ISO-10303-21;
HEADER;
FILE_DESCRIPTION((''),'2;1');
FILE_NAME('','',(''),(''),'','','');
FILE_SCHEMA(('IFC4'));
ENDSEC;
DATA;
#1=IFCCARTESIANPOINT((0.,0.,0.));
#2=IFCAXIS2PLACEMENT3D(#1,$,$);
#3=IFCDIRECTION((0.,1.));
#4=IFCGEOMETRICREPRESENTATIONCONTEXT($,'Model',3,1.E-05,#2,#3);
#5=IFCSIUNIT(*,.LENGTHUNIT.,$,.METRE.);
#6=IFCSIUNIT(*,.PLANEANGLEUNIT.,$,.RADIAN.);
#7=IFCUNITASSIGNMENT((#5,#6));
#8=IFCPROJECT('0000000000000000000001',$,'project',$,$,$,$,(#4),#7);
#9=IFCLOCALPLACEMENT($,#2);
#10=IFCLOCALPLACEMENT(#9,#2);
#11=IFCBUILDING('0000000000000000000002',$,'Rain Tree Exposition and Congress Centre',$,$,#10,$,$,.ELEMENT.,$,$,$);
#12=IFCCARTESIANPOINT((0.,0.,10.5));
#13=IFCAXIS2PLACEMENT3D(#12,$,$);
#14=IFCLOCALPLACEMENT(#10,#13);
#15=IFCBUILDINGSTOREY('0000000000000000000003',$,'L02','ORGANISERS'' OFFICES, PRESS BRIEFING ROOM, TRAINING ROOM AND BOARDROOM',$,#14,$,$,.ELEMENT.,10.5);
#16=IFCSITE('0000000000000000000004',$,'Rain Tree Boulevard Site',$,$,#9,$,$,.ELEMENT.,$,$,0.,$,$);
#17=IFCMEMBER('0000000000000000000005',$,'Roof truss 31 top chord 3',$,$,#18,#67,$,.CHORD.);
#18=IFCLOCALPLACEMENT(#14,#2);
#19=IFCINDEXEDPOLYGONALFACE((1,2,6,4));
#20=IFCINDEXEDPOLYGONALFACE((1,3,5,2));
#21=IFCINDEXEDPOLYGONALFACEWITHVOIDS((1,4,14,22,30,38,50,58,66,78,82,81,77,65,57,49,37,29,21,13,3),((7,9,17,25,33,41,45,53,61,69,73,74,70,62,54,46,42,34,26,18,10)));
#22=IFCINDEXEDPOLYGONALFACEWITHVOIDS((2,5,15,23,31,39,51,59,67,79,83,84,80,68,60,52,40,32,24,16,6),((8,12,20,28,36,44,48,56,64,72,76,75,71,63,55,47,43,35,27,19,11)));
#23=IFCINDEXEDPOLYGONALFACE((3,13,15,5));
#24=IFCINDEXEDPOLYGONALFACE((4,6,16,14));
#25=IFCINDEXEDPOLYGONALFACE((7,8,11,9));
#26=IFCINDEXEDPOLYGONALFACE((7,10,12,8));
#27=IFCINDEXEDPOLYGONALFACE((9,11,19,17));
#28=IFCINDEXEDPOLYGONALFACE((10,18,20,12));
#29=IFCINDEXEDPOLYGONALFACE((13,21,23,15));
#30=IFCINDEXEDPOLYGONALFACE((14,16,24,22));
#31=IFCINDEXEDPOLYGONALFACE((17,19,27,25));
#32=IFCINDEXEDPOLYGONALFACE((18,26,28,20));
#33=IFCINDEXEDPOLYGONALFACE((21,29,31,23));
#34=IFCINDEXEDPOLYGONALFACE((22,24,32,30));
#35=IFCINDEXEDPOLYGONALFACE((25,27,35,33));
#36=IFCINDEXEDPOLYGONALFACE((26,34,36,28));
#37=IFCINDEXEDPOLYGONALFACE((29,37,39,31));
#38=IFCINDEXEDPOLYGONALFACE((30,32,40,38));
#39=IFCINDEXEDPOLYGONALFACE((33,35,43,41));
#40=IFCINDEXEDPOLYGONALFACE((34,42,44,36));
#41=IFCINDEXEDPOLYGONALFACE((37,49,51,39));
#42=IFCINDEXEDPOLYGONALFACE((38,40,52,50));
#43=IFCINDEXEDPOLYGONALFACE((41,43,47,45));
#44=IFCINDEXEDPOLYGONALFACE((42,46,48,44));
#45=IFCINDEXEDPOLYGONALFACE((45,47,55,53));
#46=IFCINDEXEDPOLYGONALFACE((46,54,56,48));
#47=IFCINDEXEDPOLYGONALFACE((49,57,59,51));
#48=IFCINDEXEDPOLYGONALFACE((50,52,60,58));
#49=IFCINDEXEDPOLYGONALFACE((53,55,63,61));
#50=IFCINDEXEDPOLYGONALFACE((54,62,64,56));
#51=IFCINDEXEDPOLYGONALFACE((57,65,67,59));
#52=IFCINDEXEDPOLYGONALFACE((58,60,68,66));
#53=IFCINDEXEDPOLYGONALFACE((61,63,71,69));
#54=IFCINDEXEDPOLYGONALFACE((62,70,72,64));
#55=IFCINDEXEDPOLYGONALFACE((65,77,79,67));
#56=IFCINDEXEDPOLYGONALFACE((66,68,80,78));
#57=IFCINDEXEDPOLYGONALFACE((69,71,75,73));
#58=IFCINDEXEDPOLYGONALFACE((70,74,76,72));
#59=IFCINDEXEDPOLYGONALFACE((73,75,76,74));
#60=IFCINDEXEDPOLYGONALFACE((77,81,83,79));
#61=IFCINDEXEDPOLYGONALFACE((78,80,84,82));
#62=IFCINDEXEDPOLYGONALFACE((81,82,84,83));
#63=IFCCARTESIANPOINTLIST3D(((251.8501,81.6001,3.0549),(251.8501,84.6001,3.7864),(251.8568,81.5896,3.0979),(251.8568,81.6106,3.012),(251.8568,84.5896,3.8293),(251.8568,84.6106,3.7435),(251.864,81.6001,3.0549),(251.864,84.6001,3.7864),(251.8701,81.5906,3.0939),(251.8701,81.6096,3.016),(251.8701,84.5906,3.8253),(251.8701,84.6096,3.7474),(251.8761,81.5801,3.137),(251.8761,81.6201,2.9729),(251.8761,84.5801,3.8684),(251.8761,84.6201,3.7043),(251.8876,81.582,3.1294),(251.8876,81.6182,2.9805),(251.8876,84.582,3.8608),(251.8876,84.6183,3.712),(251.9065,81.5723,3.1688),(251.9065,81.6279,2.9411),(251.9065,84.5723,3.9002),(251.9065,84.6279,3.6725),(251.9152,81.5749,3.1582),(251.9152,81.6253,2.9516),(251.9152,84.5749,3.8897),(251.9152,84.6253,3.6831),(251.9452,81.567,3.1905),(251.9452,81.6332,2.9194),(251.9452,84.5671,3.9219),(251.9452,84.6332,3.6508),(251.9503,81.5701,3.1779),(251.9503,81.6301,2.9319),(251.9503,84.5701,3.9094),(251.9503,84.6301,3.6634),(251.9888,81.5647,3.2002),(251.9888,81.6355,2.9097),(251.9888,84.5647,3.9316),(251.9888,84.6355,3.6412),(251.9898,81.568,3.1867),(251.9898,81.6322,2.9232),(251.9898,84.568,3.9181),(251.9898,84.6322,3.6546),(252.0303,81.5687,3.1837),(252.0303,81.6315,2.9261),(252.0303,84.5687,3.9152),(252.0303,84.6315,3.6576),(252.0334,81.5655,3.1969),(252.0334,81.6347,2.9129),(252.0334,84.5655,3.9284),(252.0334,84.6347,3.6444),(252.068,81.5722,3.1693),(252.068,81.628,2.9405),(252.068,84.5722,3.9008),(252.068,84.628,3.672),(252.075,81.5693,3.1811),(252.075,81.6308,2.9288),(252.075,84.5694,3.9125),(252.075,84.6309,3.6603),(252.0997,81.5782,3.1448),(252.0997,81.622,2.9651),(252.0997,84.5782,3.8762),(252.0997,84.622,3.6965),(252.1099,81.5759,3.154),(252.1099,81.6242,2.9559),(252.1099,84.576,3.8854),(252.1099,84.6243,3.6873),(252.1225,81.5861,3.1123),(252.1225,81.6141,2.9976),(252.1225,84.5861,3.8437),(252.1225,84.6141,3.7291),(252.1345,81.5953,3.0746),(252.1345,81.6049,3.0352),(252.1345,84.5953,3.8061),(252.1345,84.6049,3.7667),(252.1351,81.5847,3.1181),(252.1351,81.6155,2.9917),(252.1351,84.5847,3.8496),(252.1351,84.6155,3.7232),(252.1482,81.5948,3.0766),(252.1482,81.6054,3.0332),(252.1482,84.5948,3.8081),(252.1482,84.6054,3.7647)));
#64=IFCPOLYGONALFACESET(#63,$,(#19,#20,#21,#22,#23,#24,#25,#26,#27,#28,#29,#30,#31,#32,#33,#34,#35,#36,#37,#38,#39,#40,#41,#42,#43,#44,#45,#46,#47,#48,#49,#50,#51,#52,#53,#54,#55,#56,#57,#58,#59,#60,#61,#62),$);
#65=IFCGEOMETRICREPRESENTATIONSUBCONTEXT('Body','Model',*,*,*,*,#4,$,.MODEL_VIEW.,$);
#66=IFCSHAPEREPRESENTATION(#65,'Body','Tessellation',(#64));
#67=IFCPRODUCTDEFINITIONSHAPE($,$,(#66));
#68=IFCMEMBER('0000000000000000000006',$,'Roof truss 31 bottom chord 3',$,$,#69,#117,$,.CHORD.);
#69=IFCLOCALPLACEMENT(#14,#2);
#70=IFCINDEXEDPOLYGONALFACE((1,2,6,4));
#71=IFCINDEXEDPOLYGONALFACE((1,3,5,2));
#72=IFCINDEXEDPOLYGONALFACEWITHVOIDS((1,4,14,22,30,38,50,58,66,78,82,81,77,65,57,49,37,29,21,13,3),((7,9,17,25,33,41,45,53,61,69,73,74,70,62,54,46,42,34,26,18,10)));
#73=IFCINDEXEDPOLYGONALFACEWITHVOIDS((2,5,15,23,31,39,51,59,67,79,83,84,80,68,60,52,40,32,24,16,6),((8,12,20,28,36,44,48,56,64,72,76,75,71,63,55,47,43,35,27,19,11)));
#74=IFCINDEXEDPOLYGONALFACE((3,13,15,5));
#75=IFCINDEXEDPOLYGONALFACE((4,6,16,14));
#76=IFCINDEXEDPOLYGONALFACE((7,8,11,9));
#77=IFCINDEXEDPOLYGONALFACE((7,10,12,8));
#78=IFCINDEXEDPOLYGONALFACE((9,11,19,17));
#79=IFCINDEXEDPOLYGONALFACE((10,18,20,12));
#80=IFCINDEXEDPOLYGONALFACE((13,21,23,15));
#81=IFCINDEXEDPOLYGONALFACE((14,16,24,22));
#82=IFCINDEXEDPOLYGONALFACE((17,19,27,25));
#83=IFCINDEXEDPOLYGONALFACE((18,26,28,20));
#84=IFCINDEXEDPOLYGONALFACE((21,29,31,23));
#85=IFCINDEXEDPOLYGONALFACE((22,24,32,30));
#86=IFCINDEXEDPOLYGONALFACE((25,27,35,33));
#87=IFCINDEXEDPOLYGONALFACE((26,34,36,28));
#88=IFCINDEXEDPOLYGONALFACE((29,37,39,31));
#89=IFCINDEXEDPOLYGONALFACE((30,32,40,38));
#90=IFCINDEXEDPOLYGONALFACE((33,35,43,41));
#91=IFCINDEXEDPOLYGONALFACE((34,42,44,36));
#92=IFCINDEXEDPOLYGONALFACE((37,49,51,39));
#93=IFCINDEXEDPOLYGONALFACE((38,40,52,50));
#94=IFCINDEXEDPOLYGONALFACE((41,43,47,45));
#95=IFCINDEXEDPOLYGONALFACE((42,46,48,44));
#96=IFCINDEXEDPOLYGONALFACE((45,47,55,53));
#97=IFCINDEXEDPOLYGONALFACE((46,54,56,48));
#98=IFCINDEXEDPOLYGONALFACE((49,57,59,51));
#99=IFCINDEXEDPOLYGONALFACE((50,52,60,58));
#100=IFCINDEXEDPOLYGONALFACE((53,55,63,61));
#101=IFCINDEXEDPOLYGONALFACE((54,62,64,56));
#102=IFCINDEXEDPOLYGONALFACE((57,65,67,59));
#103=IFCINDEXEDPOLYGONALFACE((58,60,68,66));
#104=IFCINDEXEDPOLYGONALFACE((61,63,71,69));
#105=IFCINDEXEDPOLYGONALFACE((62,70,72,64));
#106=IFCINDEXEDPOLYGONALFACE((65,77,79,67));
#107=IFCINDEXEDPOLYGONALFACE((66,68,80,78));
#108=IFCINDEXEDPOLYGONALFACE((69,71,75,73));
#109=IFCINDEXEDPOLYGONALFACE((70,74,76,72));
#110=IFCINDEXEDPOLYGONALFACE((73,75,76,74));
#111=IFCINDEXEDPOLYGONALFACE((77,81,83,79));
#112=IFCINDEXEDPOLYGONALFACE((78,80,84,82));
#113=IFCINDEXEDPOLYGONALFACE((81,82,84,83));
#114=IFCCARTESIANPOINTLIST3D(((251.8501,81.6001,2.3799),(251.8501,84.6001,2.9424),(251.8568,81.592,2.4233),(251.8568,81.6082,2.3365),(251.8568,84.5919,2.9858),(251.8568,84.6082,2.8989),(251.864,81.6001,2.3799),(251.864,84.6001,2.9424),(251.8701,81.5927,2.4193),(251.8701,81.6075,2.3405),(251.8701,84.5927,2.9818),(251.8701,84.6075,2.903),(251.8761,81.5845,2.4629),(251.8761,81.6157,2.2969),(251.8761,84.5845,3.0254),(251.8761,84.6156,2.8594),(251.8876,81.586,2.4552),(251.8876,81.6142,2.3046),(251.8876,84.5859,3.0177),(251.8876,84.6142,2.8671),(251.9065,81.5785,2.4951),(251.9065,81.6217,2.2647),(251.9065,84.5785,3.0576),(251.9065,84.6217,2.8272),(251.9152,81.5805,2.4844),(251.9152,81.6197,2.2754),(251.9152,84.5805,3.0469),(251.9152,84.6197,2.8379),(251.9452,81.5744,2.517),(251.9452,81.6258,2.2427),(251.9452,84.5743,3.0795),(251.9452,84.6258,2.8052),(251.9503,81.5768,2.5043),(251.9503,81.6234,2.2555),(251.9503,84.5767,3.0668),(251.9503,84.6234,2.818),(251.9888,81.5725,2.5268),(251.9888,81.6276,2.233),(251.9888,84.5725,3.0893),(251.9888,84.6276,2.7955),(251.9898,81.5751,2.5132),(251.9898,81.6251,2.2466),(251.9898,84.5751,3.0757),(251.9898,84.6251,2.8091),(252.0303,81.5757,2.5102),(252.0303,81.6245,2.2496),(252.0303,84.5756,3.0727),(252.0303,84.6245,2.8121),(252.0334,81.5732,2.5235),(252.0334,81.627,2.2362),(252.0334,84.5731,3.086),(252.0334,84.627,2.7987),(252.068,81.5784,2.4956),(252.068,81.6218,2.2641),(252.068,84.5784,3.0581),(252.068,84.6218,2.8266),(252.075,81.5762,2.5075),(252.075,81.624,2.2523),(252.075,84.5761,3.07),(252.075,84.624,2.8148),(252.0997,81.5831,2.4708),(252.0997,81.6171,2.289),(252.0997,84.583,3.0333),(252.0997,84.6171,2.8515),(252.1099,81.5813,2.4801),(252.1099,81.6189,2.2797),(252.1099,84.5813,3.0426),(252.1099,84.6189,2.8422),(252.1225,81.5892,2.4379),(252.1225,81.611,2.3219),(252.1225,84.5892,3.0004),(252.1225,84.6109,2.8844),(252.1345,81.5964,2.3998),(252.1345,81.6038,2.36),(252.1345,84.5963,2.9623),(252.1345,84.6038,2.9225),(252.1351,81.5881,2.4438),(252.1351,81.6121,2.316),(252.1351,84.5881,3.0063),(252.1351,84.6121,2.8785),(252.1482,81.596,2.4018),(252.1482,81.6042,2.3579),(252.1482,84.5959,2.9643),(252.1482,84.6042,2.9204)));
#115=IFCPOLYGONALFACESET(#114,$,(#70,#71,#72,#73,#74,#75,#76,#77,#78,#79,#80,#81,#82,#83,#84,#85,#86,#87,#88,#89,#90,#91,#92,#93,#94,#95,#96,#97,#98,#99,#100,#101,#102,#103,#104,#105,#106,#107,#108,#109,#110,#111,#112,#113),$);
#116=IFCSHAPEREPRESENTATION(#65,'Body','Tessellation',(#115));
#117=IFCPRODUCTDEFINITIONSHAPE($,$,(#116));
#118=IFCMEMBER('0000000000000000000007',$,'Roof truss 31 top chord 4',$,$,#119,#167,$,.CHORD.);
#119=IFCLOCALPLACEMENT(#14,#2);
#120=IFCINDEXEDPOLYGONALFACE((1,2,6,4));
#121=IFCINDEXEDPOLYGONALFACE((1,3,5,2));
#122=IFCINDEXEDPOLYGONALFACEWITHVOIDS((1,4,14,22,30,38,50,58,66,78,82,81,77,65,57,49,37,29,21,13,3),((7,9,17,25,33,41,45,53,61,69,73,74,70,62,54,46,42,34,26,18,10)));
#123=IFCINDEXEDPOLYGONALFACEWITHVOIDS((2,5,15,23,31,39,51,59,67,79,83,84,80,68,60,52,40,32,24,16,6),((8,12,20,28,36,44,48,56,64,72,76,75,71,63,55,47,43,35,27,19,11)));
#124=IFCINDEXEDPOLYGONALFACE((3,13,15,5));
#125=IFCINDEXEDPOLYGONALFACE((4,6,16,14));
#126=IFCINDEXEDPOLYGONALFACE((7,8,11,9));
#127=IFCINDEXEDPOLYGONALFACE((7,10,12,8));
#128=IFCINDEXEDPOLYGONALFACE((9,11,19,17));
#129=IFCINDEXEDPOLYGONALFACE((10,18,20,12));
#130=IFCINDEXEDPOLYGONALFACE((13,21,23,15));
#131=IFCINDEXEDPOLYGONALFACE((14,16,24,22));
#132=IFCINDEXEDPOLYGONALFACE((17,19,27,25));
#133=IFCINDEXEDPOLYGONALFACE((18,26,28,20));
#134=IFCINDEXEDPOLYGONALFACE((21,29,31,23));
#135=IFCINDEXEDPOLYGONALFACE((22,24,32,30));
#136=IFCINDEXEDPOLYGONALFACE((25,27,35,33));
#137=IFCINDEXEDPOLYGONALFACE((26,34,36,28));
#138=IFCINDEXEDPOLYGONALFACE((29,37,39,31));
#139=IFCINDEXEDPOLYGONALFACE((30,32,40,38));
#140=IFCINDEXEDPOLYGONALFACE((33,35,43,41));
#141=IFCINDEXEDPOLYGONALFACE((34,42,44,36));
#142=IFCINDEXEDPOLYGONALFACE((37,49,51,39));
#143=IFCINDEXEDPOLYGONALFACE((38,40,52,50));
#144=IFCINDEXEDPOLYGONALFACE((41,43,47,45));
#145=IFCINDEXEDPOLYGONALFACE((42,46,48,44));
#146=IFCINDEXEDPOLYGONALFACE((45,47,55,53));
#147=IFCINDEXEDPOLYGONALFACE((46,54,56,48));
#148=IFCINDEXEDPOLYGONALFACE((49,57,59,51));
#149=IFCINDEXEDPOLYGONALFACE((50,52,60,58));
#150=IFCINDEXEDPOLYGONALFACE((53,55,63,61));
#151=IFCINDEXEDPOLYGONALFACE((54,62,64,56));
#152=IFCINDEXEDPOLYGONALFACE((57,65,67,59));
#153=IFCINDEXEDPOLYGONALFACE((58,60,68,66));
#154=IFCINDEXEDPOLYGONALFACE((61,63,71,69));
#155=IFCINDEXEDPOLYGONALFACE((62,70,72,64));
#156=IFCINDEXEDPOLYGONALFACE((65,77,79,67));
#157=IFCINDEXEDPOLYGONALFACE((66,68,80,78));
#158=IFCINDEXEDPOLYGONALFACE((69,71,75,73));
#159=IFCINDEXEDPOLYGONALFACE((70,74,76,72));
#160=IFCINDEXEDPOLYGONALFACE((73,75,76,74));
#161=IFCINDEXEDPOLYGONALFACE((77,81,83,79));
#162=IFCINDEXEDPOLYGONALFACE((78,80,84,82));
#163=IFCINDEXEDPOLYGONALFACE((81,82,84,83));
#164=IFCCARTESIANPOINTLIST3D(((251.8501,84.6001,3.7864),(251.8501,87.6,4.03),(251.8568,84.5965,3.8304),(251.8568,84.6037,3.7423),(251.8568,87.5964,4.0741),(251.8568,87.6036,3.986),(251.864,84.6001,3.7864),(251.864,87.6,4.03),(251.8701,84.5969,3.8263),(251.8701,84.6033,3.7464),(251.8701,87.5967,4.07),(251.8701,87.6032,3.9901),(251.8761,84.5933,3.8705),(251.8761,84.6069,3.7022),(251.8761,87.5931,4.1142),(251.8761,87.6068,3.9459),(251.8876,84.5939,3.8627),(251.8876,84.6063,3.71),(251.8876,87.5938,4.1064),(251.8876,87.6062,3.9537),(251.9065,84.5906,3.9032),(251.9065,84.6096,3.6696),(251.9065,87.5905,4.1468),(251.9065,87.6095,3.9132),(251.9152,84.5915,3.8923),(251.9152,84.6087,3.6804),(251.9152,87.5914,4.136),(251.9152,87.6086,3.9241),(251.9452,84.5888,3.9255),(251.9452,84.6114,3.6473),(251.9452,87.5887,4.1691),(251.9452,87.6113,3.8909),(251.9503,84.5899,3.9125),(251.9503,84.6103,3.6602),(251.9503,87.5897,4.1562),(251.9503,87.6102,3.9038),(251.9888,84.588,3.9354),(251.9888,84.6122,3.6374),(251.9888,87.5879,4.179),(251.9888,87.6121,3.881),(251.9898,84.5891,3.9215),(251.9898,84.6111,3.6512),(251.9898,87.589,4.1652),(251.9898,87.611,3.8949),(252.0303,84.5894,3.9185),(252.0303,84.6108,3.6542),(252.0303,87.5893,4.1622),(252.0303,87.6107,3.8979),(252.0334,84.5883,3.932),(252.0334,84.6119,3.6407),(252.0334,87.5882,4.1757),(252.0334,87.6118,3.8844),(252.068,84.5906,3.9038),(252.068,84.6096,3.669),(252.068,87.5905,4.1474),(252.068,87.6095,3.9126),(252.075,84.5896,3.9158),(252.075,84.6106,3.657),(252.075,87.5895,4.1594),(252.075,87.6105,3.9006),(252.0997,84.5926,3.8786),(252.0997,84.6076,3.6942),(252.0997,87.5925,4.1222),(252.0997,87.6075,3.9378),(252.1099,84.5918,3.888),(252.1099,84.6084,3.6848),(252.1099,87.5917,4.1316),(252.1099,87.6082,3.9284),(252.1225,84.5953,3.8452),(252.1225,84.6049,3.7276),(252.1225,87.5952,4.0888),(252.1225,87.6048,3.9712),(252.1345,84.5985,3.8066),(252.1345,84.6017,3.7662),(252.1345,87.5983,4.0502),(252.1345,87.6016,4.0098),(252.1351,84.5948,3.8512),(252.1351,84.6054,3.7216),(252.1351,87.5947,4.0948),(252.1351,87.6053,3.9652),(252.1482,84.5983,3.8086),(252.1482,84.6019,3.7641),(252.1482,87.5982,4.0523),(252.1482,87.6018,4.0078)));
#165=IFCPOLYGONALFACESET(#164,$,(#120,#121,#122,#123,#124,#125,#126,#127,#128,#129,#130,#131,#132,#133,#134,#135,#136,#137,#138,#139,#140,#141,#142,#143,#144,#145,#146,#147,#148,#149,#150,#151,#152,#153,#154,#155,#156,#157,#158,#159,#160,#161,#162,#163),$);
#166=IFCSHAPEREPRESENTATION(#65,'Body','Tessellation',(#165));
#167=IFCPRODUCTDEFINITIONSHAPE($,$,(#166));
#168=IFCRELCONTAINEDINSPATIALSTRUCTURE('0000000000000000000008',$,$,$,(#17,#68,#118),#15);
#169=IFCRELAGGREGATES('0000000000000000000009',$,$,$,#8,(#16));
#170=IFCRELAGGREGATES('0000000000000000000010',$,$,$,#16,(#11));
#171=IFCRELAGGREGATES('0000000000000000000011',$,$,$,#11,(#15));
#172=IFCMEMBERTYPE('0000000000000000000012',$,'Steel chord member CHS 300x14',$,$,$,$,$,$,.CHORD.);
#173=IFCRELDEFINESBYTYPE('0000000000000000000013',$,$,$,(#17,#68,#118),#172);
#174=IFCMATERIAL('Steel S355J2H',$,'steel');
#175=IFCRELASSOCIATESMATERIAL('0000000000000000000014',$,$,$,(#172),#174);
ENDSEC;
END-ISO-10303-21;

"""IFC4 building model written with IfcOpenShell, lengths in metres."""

from ifc_helpers import new_model, si_unit, direction, frame, origin, origin_2d, place, context, subcontext, project, spatial, hollow_circle, extrude, material, material_profile, profile_set, type_object, element, save


model = new_model("IFC4")

# Units and contexts
model_context = context("Model", 3, precision=1e-05, world=origin(), true_north=direction((0.0, 1.0)))
body_context = subcontext(model_context, "Body", "Model", "MODEL_VIEW")
ifc_project = project(units=[si_unit("LENGTHUNIT", "METRE"), si_unit("PLANEANGLEUNIT", "RADIAN")], contexts=[model_context])

# Site, building, storey
site_placement = place(None, origin())
site = spatial("IfcSite", under=ifc_project, at=site_placement, Name="Rain Tree Boulevard Site", CompositionType="ELEMENT", RefElevation=0.0)
building_placement = place(site_placement, origin())
building = spatial("IfcBuilding", under=site, at=building_placement, Name="Rain Tree Exposition and Congress Centre", CompositionType="ELEMENT")
storey_placement = place(building_placement, frame((0.0, 0.0, 10.5)))
storey = spatial("IfcBuildingStorey", under=building, at=storey_placement, Name="L02", Description="ORGANISERS' OFFICES, PRESS BRIEFING ROOM, TRAINING ROOM AND BOARDROOM", CompositionType="ELEMENT", Elevation=10.5)

# Members
ifc_material_1 = material(Name="Steel S355J2H", Category="steel")
ifc_material_profile_1 = material_profile(ifc_material_1, hollow_circle(Radius=0.1499, WallThickness=0.0139, at=origin_2d()), Name="CHS 300x14")
ifc_profile_set_1 = profile_set([ifc_material_profile_1], Name="Steel S355J2H")
member_type_1 = type_object("IfcMemberType", Name="Steel chord member CHS 300x14", PredefinedType="CHORD", material=ifc_profile_set_1)
member_1_placement = place(storey_placement, frame((252.0, 81.6001, 3.0549), z_axis=(0.0, 0.97154, 0.236876), x_axis=(-1.0, 0.0, 0.0)))
element("IfcMember", 1, at=member_1_placement, inside=storey, type_object=member_type_1, Name="Roof truss 31 top chord 3", PredefinedType="CHORD", context=body_context, shape_type="SweptSolid", body=[
    extrude(hollow_circle(Radius=0.1499, WallThickness=0.0139, at=origin_2d()), origin(), (0.0, 0.0, 1.0), 3.0879),
])
member_2_placement = place(storey_placement, frame((252.0, 81.6001, 2.3799), z_axis=(0.0, 0.982872, 0.184289), x_axis=(-1.0, 0.0, 0.0)))
element("IfcMember", 2, at=member_2_placement, inside=storey, type_object=member_type_1, Name="Roof truss 31 bottom chord 3", PredefinedType="CHORD", context=body_context, shape_type="SweptSolid", body=[
    extrude(hollow_circle(Radius=0.1499, WallThickness=0.0139, at=origin_2d()), origin(), (0.0, 0.0, 1.0), 3.0522),
])
member_3_placement = place(storey_placement, frame((252.0, 84.6001, 3.7864), z_axis=(0.0, 0.996718, 0.080951), x_axis=(-1.0, 0.0, 0.0)))
element("IfcMember", 3, at=member_3_placement, inside=storey, type_object=member_type_1, Name="Roof truss 31 top chord 4", PredefinedType="CHORD", context=body_context, shape_type="SweptSolid", body=[
    extrude(hollow_circle(Radius=0.1499, WallThickness=0.0139, at=origin_2d()), origin(), (0.0, 0.0, 1.0), 3.0098),
])

save(model, "model.ifc")
